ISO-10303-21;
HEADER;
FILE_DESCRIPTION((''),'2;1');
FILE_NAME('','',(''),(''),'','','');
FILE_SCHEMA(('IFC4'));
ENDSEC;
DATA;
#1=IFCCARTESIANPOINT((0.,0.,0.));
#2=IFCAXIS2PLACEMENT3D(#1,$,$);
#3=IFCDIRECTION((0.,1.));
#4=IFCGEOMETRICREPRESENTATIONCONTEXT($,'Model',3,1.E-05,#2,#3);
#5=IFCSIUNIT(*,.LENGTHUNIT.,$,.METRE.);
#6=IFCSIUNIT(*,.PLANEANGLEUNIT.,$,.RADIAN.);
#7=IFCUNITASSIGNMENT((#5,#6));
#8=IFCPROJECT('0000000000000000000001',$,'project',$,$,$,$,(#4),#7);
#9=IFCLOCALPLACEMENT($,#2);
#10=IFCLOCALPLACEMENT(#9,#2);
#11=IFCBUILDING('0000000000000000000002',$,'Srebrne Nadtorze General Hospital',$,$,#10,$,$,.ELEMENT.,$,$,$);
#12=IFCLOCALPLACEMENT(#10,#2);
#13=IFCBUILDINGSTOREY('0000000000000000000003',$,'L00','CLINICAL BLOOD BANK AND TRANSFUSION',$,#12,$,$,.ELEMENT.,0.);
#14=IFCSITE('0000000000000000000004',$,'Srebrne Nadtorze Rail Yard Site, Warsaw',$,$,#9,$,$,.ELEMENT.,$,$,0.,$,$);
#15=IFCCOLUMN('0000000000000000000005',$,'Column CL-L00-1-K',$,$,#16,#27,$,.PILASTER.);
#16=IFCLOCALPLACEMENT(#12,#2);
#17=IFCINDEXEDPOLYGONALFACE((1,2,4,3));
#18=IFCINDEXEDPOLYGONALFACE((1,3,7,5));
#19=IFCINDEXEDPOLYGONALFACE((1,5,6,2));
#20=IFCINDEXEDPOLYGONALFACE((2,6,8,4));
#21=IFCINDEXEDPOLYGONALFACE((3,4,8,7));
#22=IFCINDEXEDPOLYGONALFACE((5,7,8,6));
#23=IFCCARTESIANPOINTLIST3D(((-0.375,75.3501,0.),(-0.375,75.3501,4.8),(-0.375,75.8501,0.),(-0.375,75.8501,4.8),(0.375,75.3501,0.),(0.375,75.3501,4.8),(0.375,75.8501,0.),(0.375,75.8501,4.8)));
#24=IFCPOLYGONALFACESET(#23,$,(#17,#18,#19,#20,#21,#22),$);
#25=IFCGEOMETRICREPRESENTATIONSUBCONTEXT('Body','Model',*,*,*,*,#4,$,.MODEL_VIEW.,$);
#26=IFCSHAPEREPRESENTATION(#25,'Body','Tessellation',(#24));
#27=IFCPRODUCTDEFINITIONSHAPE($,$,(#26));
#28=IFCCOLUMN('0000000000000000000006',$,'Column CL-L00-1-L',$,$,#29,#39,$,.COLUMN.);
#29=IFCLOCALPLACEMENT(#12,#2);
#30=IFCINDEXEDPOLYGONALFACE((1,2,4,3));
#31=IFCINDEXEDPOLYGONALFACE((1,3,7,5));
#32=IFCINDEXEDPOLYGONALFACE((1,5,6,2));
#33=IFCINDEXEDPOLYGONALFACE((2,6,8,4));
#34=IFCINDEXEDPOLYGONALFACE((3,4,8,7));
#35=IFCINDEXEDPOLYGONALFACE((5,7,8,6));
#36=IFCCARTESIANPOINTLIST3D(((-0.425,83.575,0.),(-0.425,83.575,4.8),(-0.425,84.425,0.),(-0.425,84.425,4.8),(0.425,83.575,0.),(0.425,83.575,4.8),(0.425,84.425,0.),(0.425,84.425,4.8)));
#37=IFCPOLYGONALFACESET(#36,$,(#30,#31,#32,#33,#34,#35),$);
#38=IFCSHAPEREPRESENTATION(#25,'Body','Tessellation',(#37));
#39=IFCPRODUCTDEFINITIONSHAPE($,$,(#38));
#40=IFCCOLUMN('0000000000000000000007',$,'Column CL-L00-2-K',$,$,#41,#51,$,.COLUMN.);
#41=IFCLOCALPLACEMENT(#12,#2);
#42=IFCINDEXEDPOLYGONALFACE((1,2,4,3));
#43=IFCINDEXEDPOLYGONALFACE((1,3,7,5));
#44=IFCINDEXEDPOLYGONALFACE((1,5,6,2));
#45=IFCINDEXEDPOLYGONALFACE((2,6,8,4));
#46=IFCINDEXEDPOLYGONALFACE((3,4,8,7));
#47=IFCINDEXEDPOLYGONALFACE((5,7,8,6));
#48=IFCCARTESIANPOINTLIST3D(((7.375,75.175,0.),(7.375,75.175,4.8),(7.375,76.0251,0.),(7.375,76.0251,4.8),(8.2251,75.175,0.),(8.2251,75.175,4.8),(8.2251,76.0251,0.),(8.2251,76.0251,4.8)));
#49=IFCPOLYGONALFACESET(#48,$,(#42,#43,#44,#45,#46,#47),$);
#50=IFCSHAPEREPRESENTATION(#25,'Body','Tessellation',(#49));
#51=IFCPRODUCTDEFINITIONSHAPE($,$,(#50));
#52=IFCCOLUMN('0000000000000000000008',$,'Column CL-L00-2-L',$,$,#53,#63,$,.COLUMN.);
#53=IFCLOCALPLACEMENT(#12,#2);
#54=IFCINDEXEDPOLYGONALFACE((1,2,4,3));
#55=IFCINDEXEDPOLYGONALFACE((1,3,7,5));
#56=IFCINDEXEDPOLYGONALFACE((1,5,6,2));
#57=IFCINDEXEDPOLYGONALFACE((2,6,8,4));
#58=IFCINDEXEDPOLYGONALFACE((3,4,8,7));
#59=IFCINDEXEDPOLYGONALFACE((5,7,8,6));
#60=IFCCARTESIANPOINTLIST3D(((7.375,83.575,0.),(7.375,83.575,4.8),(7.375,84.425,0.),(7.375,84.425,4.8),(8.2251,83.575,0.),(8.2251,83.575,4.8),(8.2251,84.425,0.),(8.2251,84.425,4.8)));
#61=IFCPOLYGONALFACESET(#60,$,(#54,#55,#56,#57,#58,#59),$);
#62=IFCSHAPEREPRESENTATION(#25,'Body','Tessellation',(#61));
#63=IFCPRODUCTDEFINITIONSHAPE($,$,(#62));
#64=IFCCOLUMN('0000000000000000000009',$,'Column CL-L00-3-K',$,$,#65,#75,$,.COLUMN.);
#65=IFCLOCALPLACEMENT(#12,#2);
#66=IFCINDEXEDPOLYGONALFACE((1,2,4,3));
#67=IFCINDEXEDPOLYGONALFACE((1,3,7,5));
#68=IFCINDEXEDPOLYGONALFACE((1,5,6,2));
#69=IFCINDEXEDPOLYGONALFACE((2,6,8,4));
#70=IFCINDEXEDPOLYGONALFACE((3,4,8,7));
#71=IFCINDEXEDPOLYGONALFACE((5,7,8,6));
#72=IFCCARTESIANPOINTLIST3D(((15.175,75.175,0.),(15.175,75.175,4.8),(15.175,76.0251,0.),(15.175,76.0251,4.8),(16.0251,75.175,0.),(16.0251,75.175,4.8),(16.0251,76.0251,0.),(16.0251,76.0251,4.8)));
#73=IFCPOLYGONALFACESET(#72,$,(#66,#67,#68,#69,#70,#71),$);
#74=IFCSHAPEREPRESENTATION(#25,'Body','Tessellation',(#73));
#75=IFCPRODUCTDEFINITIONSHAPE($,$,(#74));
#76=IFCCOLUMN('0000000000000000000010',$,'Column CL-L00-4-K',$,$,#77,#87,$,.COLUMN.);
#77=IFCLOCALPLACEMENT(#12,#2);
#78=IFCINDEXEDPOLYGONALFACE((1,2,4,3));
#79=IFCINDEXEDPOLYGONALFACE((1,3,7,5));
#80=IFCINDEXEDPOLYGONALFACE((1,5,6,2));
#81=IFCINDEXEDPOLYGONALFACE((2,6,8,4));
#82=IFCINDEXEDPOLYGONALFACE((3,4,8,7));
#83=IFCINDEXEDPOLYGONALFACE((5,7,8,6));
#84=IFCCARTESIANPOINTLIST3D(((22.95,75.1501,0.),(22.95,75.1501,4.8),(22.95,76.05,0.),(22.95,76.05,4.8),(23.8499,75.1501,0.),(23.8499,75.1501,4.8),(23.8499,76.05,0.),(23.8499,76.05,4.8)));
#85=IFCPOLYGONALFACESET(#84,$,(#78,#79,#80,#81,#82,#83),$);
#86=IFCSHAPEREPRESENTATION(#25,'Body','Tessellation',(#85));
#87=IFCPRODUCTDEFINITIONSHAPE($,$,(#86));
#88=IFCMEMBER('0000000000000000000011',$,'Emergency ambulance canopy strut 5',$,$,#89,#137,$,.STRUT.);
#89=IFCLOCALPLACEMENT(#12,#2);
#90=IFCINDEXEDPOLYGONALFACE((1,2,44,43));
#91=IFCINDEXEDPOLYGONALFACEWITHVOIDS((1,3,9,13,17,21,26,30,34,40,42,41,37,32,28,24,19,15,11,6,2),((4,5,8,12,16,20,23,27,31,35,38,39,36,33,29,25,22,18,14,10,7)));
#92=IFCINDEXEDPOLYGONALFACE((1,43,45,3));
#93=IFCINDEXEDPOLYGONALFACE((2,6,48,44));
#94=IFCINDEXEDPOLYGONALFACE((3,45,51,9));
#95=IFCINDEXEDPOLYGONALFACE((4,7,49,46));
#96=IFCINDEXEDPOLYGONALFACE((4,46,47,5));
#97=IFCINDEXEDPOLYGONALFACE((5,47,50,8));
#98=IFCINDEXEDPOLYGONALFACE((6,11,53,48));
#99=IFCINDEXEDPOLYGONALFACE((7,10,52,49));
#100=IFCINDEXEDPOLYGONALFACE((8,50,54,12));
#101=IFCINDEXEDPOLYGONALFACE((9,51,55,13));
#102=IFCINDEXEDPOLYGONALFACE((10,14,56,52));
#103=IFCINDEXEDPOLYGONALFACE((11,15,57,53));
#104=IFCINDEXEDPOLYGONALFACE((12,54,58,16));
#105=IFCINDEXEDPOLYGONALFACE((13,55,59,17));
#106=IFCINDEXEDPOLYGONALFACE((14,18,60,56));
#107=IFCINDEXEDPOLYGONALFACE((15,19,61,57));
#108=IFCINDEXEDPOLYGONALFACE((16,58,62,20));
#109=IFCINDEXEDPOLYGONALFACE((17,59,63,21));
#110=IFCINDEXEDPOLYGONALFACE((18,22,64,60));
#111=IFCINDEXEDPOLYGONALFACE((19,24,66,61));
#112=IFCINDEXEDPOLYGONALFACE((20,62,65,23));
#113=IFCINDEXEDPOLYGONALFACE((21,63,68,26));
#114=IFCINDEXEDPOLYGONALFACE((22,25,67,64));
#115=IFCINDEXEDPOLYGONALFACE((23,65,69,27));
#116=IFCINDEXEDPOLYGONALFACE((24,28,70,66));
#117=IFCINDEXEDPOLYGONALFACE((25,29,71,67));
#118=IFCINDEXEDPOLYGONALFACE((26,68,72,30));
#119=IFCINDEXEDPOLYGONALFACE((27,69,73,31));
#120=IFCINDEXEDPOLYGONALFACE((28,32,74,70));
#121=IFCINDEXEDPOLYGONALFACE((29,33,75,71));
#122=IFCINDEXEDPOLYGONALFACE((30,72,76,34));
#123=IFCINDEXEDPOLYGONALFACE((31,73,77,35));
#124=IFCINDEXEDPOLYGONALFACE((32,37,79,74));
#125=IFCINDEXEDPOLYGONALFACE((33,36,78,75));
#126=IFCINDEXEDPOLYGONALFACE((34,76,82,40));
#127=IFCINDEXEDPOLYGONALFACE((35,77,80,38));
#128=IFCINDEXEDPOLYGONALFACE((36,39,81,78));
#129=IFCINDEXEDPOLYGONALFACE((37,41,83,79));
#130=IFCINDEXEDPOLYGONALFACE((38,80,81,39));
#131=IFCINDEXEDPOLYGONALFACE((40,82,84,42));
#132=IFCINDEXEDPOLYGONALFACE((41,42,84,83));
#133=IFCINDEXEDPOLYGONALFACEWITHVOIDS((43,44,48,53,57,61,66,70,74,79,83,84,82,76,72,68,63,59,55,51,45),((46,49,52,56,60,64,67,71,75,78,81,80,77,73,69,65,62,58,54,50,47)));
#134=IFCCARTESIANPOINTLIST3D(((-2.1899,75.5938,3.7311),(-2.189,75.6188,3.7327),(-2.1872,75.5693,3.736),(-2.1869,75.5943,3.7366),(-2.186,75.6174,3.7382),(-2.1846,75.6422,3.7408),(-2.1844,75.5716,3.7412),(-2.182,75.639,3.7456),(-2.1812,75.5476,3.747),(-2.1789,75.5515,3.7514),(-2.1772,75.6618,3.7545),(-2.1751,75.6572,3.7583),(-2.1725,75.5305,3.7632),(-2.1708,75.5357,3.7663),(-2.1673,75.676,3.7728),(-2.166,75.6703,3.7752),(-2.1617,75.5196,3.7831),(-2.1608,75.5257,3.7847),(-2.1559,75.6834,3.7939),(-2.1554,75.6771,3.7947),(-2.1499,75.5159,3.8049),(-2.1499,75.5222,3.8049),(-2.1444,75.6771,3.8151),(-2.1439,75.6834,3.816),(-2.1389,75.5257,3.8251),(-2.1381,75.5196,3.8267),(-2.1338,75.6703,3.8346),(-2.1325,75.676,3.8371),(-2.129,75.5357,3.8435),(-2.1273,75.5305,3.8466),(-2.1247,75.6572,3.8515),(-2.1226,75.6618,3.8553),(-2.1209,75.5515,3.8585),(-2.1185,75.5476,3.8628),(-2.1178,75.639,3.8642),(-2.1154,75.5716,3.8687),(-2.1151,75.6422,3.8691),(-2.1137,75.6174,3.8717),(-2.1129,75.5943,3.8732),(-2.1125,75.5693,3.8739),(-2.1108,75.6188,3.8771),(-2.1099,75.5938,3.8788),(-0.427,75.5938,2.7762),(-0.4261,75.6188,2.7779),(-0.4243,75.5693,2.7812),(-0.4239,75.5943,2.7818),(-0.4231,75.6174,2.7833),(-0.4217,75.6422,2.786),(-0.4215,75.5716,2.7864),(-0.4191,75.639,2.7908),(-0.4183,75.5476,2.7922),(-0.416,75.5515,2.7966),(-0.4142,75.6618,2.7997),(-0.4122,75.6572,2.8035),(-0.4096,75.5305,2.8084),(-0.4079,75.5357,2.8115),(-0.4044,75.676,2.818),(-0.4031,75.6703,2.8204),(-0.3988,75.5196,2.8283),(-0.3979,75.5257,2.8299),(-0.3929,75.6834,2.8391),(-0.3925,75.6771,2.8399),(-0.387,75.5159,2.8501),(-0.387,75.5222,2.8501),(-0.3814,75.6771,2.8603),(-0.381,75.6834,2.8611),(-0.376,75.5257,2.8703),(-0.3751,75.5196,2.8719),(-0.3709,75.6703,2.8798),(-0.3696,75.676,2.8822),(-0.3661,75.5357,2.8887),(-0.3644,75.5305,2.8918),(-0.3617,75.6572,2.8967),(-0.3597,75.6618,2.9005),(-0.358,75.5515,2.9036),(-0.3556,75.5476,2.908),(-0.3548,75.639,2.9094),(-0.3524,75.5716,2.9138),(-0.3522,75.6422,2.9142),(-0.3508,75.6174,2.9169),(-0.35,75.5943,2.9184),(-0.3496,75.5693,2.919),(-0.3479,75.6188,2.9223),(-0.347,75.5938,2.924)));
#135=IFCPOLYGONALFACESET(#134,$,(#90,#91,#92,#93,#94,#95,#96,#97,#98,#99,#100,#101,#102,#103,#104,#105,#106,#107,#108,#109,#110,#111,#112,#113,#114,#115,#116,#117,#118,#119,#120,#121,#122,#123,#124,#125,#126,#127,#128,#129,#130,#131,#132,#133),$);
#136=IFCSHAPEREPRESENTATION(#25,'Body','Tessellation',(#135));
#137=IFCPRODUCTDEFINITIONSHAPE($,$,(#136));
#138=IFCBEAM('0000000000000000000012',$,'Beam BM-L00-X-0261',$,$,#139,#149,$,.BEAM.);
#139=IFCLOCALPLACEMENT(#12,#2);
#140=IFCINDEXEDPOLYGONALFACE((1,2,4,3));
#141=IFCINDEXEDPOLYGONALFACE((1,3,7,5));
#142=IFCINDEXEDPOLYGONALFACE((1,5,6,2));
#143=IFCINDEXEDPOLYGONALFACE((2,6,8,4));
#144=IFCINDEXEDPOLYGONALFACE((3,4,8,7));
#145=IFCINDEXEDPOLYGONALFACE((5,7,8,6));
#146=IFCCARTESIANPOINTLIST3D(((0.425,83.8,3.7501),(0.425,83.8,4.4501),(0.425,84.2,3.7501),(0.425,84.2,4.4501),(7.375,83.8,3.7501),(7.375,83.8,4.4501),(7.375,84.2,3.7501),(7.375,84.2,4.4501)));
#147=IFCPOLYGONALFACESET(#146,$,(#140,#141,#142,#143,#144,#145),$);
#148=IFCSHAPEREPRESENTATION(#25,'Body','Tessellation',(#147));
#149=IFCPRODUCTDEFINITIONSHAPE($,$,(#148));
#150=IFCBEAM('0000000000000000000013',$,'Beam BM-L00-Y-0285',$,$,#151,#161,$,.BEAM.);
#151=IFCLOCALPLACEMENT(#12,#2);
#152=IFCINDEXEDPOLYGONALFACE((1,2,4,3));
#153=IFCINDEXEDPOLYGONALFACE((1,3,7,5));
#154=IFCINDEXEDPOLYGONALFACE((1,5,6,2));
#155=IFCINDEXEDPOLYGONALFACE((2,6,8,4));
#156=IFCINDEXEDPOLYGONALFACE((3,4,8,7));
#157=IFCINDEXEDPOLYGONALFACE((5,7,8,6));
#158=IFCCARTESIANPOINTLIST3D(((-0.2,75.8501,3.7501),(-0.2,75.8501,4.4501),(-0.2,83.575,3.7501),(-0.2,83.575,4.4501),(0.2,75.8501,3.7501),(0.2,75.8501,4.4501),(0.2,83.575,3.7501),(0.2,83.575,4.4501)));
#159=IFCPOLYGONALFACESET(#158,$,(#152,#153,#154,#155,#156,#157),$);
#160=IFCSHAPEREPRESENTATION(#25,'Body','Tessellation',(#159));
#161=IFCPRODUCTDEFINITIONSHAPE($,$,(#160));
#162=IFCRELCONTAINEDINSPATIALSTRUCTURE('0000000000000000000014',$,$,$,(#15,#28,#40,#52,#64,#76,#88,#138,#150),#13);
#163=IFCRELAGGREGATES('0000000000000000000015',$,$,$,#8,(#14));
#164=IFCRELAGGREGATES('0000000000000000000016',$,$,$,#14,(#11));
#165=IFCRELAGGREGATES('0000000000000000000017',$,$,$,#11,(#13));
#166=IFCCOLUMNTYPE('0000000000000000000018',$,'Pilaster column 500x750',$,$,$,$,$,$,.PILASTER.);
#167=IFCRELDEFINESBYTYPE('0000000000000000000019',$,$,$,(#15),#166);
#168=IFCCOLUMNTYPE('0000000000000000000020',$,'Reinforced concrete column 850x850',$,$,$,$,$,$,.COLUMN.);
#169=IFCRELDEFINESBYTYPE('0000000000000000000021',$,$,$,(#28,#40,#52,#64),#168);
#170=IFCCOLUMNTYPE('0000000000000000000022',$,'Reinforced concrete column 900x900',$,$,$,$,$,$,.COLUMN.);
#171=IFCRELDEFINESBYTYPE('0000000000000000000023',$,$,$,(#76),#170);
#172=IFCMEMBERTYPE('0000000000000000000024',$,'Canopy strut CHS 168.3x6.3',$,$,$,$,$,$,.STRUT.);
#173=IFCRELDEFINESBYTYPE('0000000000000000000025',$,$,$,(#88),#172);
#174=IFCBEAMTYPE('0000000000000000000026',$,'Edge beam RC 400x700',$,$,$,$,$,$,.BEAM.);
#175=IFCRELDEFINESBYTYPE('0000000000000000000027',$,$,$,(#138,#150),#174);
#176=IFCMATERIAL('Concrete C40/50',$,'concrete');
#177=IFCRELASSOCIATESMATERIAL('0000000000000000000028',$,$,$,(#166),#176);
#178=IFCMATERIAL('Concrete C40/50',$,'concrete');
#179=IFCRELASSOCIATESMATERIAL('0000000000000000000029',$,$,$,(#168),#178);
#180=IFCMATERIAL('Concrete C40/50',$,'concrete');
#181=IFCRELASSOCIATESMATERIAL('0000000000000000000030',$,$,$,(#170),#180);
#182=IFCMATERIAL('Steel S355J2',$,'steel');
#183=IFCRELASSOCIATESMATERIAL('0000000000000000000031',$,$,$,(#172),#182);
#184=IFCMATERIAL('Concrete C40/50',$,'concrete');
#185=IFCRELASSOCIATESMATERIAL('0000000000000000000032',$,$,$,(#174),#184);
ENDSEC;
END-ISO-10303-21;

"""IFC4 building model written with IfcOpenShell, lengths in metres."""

from ifc_helpers import new_model, si_unit, direction, frame, origin, origin_2d, place, context, subcontext, project, spatial, rectangle, hollow_circle, extrude, material, material_profile, profile_set, type_object, element, save


model = new_model("IFC4")

# Units and contexts
model_context = context("Model", 3, precision=1e-05, world=origin(), true_north=direction((0.0, 1.0)))
body_context = subcontext(model_context, "Body", "Model", "MODEL_VIEW")
ifc_project = project(units=[si_unit("LENGTHUNIT", "METRE"), si_unit("PLANEANGLEUNIT", "RADIAN")], contexts=[model_context])

# Site, building, storey
site_placement = place(None, origin())
site = spatial("IfcSite", under=ifc_project, at=site_placement, Name="Srebrne Nadtorze Rail Yard Site, Warsaw", CompositionType="ELEMENT", RefElevation=0.0)
building_placement = place(site_placement, origin())
building = spatial("IfcBuilding", under=site, at=building_placement, Name="Srebrne Nadtorze General Hospital", CompositionType="ELEMENT")
storey_placement = place(building_placement, origin())
storey = spatial("IfcBuildingStorey", under=building, at=storey_placement, Name="L00", Description="CLINICAL BLOOD BANK AND TRANSFUSION", CompositionType="ELEMENT", Elevation=0.0)

# Columns
ifc_material_1 = material(Name="Concrete C40/50", Category="concrete")
ifc_material_profile_1 = material_profile(ifc_material_1, rectangle(XDim=0.5, YDim=0.75, at=origin_2d()), Name="RC-PIL-500x750")
ifc_profile_set_1 = profile_set([ifc_material_profile_1], Name="Concrete C40/50")
column_type_1 = type_object("IfcColumnType", Name="Pilaster column 500x750", PredefinedType="PILASTER", material=ifc_profile_set_1)
column_1_placement = place(storey_placement, frame((0.0, 75.6001, 0.0), z_axis=(0.0, 0.0, 1.0), x_axis=(0.0, 1.0, 0.0)))
element("IfcColumn", 1, at=column_1_placement, inside=storey, type_object=column_type_1, Name="Column CL-L00-1-K", PredefinedType="PILASTER", context=body_context, shape_type="SweptSolid", body=[
    extrude(rectangle(XDim=0.5, YDim=0.75, at=origin_2d()), origin(), (0.0, 0.0, 1.0), 4.8),
])
ifc_material_2 = material(Name="Concrete C40/50", Category="concrete")
ifc_material_profile_2 = material_profile(ifc_material_2, rectangle(XDim=0.8501, YDim=0.8501, at=origin_2d()), Name="RC-COL-850x850")
ifc_profile_set_2 = profile_set([ifc_material_profile_2], Name="Concrete C40/50")
column_type_2 = type_object("IfcColumnType", Name="Reinforced concrete column 850x850", PredefinedType="COLUMN", material=ifc_profile_set_2)
for number, where, z_axis, x_axis, name in (
    (2, (0.0, 84.0, 0.0), (0.0, 0.0, 1.0), (1.0, 0.0, 0.0), "Column CL-L00-1-L"),
    (3, (7.8, 75.6001, 0.0), (0.0, 0.0, 1.0), (1.0, 0.0, 0.0), "Column CL-L00-2-K"),
    (4, (7.8, 84.0, 0.0), (0.0, 0.0, 1.0), (1.0, 0.0, 0.0), "Column CL-L00-2-L"),
    (5, (15.6001, 75.6001, 0.0), (0.0, 0.0, 1.0), (1.0, 0.0, 0.0), "Column CL-L00-3-K"),
):
    element("IfcColumn", number, at=place(storey_placement, frame(where, z_axis=z_axis, x_axis=x_axis)), inside=storey, type_object=column_type_2, Name=name, PredefinedType="COLUMN", context=body_context, shape_type="SweptSolid", body=[
        extrude(rectangle(XDim=0.8501, YDim=0.8501, at=origin_2d()), origin(), (0.0, 0.0, 1.0), 4.8),
    ])
ifc_material_3 = material(Name="Concrete C40/50", Category="concrete")
ifc_material_profile_3 = material_profile(ifc_material_3, rectangle(XDim=0.8999, YDim=0.8999, at=origin_2d()), Name="RC-COL-900x900")
ifc_profile_set_3 = profile_set([ifc_material_profile_3], Name="Concrete C40/50")
column_type_3 = type_object("IfcColumnType", Name="Reinforced concrete column 900x900", PredefinedType="COLUMN", material=ifc_profile_set_3)
column_2_placement = place(storey_placement, frame((23.3999, 75.6001, 0.0), z_axis=(0.0, 0.0, 1.0), x_axis=(1.0, 0.0, 0.0)))
element("IfcColumn", 6, at=column_2_placement, inside=storey, type_object=column_type_3, Name="Column CL-L00-4-K", PredefinedType="COLUMN", context=body_context, shape_type="SweptSolid", body=[
    extrude(rectangle(XDim=0.8999, YDim=0.8999, at=origin_2d()), origin(), (0.0, 0.0, 1.0), 4.8),
])

# Member
ifc_material_4 = material(Name="Steel S355J2", Category="steel")
ifc_material_profile_4 = material_profile(ifc_material_4, hollow_circle(Radius=0.0842, WallThickness=0.0063, at=origin_2d()), Name="CHS-168.3x6.3")
ifc_profile_set_4 = profile_set([ifc_material_profile_4], Name="Steel S355J2")
member_type = type_object("IfcMemberType", Name="Canopy strut CHS 168.3x6.3", PredefinedType="STRUT", material=ifc_profile_set_4)
member_placement = place(storey_placement, frame((-0.387, 75.6001, 2.8501), z_axis=(-0.879311, 0.0, 0.476248), x_axis=(0.0, -1.0, 0.0)))
element("IfcMember", 7, at=member_placement, inside=storey, type_object=member_type, Name="Emergency ambulance canopy strut 5", PredefinedType="STRUT", context=body_context, shape_type="SweptSolid", body=[
    extrude(hollow_circle(Radius=0.0842, WallThickness=0.0063, at=origin_2d()), origin(), (0.0, 0.0, 1.0), 2.0049),
])

# Beams
ifc_material_5 = material(Name="Concrete C40/50", Category="concrete")
ifc_material_profile_5 = material_profile(ifc_material_5, rectangle(XDim=0.3999, YDim=0.7, at=origin_2d()), Name="RC-BM-400x700")
ifc_profile_set_5 = profile_set([ifc_material_profile_5], Name="Concrete C40/50")
beam_type_1 = type_object("IfcBeamType", Name="Edge beam RC 400x700", PredefinedType="BEAM", material=ifc_profile_set_5)
beam_1_placement = place(storey_placement, frame((0.425, 84.0, 4.1001), z_axis=(1.0, 0.0, 0.0), x_axis=(0.0, 1.0, 0.0)))
element("IfcBeam", 8, at=beam_1_placement, inside=storey, type_object=beam_type_1, Name="Beam BM-L00-X-0261", PredefinedType="BEAM", context=body_context, shape_type="SweptSolid", body=[
    extrude(rectangle(XDim=0.3999, YDim=0.7, at=origin_2d()), origin(), (0.0, 0.0, 1.0), 6.95),
])
beam_2_placement = place(storey_placement, frame((0.0, 75.8501, 4.1001), z_axis=(0.0, 1.0, 0.0), x_axis=(-1.0, 0.0, 0.0)))
element("IfcBeam", 9, at=beam_2_placement, inside=storey, type_object=beam_type_1, Name="Beam BM-L00-Y-0285", PredefinedType="BEAM", context=body_context, shape_type="SweptSolid", body=[
    extrude(rectangle(XDim=0.3999, YDim=0.7, at=origin_2d()), origin(), (0.0, 0.0, 1.0), 7.7249),
])

save(model, "model.ifc")
